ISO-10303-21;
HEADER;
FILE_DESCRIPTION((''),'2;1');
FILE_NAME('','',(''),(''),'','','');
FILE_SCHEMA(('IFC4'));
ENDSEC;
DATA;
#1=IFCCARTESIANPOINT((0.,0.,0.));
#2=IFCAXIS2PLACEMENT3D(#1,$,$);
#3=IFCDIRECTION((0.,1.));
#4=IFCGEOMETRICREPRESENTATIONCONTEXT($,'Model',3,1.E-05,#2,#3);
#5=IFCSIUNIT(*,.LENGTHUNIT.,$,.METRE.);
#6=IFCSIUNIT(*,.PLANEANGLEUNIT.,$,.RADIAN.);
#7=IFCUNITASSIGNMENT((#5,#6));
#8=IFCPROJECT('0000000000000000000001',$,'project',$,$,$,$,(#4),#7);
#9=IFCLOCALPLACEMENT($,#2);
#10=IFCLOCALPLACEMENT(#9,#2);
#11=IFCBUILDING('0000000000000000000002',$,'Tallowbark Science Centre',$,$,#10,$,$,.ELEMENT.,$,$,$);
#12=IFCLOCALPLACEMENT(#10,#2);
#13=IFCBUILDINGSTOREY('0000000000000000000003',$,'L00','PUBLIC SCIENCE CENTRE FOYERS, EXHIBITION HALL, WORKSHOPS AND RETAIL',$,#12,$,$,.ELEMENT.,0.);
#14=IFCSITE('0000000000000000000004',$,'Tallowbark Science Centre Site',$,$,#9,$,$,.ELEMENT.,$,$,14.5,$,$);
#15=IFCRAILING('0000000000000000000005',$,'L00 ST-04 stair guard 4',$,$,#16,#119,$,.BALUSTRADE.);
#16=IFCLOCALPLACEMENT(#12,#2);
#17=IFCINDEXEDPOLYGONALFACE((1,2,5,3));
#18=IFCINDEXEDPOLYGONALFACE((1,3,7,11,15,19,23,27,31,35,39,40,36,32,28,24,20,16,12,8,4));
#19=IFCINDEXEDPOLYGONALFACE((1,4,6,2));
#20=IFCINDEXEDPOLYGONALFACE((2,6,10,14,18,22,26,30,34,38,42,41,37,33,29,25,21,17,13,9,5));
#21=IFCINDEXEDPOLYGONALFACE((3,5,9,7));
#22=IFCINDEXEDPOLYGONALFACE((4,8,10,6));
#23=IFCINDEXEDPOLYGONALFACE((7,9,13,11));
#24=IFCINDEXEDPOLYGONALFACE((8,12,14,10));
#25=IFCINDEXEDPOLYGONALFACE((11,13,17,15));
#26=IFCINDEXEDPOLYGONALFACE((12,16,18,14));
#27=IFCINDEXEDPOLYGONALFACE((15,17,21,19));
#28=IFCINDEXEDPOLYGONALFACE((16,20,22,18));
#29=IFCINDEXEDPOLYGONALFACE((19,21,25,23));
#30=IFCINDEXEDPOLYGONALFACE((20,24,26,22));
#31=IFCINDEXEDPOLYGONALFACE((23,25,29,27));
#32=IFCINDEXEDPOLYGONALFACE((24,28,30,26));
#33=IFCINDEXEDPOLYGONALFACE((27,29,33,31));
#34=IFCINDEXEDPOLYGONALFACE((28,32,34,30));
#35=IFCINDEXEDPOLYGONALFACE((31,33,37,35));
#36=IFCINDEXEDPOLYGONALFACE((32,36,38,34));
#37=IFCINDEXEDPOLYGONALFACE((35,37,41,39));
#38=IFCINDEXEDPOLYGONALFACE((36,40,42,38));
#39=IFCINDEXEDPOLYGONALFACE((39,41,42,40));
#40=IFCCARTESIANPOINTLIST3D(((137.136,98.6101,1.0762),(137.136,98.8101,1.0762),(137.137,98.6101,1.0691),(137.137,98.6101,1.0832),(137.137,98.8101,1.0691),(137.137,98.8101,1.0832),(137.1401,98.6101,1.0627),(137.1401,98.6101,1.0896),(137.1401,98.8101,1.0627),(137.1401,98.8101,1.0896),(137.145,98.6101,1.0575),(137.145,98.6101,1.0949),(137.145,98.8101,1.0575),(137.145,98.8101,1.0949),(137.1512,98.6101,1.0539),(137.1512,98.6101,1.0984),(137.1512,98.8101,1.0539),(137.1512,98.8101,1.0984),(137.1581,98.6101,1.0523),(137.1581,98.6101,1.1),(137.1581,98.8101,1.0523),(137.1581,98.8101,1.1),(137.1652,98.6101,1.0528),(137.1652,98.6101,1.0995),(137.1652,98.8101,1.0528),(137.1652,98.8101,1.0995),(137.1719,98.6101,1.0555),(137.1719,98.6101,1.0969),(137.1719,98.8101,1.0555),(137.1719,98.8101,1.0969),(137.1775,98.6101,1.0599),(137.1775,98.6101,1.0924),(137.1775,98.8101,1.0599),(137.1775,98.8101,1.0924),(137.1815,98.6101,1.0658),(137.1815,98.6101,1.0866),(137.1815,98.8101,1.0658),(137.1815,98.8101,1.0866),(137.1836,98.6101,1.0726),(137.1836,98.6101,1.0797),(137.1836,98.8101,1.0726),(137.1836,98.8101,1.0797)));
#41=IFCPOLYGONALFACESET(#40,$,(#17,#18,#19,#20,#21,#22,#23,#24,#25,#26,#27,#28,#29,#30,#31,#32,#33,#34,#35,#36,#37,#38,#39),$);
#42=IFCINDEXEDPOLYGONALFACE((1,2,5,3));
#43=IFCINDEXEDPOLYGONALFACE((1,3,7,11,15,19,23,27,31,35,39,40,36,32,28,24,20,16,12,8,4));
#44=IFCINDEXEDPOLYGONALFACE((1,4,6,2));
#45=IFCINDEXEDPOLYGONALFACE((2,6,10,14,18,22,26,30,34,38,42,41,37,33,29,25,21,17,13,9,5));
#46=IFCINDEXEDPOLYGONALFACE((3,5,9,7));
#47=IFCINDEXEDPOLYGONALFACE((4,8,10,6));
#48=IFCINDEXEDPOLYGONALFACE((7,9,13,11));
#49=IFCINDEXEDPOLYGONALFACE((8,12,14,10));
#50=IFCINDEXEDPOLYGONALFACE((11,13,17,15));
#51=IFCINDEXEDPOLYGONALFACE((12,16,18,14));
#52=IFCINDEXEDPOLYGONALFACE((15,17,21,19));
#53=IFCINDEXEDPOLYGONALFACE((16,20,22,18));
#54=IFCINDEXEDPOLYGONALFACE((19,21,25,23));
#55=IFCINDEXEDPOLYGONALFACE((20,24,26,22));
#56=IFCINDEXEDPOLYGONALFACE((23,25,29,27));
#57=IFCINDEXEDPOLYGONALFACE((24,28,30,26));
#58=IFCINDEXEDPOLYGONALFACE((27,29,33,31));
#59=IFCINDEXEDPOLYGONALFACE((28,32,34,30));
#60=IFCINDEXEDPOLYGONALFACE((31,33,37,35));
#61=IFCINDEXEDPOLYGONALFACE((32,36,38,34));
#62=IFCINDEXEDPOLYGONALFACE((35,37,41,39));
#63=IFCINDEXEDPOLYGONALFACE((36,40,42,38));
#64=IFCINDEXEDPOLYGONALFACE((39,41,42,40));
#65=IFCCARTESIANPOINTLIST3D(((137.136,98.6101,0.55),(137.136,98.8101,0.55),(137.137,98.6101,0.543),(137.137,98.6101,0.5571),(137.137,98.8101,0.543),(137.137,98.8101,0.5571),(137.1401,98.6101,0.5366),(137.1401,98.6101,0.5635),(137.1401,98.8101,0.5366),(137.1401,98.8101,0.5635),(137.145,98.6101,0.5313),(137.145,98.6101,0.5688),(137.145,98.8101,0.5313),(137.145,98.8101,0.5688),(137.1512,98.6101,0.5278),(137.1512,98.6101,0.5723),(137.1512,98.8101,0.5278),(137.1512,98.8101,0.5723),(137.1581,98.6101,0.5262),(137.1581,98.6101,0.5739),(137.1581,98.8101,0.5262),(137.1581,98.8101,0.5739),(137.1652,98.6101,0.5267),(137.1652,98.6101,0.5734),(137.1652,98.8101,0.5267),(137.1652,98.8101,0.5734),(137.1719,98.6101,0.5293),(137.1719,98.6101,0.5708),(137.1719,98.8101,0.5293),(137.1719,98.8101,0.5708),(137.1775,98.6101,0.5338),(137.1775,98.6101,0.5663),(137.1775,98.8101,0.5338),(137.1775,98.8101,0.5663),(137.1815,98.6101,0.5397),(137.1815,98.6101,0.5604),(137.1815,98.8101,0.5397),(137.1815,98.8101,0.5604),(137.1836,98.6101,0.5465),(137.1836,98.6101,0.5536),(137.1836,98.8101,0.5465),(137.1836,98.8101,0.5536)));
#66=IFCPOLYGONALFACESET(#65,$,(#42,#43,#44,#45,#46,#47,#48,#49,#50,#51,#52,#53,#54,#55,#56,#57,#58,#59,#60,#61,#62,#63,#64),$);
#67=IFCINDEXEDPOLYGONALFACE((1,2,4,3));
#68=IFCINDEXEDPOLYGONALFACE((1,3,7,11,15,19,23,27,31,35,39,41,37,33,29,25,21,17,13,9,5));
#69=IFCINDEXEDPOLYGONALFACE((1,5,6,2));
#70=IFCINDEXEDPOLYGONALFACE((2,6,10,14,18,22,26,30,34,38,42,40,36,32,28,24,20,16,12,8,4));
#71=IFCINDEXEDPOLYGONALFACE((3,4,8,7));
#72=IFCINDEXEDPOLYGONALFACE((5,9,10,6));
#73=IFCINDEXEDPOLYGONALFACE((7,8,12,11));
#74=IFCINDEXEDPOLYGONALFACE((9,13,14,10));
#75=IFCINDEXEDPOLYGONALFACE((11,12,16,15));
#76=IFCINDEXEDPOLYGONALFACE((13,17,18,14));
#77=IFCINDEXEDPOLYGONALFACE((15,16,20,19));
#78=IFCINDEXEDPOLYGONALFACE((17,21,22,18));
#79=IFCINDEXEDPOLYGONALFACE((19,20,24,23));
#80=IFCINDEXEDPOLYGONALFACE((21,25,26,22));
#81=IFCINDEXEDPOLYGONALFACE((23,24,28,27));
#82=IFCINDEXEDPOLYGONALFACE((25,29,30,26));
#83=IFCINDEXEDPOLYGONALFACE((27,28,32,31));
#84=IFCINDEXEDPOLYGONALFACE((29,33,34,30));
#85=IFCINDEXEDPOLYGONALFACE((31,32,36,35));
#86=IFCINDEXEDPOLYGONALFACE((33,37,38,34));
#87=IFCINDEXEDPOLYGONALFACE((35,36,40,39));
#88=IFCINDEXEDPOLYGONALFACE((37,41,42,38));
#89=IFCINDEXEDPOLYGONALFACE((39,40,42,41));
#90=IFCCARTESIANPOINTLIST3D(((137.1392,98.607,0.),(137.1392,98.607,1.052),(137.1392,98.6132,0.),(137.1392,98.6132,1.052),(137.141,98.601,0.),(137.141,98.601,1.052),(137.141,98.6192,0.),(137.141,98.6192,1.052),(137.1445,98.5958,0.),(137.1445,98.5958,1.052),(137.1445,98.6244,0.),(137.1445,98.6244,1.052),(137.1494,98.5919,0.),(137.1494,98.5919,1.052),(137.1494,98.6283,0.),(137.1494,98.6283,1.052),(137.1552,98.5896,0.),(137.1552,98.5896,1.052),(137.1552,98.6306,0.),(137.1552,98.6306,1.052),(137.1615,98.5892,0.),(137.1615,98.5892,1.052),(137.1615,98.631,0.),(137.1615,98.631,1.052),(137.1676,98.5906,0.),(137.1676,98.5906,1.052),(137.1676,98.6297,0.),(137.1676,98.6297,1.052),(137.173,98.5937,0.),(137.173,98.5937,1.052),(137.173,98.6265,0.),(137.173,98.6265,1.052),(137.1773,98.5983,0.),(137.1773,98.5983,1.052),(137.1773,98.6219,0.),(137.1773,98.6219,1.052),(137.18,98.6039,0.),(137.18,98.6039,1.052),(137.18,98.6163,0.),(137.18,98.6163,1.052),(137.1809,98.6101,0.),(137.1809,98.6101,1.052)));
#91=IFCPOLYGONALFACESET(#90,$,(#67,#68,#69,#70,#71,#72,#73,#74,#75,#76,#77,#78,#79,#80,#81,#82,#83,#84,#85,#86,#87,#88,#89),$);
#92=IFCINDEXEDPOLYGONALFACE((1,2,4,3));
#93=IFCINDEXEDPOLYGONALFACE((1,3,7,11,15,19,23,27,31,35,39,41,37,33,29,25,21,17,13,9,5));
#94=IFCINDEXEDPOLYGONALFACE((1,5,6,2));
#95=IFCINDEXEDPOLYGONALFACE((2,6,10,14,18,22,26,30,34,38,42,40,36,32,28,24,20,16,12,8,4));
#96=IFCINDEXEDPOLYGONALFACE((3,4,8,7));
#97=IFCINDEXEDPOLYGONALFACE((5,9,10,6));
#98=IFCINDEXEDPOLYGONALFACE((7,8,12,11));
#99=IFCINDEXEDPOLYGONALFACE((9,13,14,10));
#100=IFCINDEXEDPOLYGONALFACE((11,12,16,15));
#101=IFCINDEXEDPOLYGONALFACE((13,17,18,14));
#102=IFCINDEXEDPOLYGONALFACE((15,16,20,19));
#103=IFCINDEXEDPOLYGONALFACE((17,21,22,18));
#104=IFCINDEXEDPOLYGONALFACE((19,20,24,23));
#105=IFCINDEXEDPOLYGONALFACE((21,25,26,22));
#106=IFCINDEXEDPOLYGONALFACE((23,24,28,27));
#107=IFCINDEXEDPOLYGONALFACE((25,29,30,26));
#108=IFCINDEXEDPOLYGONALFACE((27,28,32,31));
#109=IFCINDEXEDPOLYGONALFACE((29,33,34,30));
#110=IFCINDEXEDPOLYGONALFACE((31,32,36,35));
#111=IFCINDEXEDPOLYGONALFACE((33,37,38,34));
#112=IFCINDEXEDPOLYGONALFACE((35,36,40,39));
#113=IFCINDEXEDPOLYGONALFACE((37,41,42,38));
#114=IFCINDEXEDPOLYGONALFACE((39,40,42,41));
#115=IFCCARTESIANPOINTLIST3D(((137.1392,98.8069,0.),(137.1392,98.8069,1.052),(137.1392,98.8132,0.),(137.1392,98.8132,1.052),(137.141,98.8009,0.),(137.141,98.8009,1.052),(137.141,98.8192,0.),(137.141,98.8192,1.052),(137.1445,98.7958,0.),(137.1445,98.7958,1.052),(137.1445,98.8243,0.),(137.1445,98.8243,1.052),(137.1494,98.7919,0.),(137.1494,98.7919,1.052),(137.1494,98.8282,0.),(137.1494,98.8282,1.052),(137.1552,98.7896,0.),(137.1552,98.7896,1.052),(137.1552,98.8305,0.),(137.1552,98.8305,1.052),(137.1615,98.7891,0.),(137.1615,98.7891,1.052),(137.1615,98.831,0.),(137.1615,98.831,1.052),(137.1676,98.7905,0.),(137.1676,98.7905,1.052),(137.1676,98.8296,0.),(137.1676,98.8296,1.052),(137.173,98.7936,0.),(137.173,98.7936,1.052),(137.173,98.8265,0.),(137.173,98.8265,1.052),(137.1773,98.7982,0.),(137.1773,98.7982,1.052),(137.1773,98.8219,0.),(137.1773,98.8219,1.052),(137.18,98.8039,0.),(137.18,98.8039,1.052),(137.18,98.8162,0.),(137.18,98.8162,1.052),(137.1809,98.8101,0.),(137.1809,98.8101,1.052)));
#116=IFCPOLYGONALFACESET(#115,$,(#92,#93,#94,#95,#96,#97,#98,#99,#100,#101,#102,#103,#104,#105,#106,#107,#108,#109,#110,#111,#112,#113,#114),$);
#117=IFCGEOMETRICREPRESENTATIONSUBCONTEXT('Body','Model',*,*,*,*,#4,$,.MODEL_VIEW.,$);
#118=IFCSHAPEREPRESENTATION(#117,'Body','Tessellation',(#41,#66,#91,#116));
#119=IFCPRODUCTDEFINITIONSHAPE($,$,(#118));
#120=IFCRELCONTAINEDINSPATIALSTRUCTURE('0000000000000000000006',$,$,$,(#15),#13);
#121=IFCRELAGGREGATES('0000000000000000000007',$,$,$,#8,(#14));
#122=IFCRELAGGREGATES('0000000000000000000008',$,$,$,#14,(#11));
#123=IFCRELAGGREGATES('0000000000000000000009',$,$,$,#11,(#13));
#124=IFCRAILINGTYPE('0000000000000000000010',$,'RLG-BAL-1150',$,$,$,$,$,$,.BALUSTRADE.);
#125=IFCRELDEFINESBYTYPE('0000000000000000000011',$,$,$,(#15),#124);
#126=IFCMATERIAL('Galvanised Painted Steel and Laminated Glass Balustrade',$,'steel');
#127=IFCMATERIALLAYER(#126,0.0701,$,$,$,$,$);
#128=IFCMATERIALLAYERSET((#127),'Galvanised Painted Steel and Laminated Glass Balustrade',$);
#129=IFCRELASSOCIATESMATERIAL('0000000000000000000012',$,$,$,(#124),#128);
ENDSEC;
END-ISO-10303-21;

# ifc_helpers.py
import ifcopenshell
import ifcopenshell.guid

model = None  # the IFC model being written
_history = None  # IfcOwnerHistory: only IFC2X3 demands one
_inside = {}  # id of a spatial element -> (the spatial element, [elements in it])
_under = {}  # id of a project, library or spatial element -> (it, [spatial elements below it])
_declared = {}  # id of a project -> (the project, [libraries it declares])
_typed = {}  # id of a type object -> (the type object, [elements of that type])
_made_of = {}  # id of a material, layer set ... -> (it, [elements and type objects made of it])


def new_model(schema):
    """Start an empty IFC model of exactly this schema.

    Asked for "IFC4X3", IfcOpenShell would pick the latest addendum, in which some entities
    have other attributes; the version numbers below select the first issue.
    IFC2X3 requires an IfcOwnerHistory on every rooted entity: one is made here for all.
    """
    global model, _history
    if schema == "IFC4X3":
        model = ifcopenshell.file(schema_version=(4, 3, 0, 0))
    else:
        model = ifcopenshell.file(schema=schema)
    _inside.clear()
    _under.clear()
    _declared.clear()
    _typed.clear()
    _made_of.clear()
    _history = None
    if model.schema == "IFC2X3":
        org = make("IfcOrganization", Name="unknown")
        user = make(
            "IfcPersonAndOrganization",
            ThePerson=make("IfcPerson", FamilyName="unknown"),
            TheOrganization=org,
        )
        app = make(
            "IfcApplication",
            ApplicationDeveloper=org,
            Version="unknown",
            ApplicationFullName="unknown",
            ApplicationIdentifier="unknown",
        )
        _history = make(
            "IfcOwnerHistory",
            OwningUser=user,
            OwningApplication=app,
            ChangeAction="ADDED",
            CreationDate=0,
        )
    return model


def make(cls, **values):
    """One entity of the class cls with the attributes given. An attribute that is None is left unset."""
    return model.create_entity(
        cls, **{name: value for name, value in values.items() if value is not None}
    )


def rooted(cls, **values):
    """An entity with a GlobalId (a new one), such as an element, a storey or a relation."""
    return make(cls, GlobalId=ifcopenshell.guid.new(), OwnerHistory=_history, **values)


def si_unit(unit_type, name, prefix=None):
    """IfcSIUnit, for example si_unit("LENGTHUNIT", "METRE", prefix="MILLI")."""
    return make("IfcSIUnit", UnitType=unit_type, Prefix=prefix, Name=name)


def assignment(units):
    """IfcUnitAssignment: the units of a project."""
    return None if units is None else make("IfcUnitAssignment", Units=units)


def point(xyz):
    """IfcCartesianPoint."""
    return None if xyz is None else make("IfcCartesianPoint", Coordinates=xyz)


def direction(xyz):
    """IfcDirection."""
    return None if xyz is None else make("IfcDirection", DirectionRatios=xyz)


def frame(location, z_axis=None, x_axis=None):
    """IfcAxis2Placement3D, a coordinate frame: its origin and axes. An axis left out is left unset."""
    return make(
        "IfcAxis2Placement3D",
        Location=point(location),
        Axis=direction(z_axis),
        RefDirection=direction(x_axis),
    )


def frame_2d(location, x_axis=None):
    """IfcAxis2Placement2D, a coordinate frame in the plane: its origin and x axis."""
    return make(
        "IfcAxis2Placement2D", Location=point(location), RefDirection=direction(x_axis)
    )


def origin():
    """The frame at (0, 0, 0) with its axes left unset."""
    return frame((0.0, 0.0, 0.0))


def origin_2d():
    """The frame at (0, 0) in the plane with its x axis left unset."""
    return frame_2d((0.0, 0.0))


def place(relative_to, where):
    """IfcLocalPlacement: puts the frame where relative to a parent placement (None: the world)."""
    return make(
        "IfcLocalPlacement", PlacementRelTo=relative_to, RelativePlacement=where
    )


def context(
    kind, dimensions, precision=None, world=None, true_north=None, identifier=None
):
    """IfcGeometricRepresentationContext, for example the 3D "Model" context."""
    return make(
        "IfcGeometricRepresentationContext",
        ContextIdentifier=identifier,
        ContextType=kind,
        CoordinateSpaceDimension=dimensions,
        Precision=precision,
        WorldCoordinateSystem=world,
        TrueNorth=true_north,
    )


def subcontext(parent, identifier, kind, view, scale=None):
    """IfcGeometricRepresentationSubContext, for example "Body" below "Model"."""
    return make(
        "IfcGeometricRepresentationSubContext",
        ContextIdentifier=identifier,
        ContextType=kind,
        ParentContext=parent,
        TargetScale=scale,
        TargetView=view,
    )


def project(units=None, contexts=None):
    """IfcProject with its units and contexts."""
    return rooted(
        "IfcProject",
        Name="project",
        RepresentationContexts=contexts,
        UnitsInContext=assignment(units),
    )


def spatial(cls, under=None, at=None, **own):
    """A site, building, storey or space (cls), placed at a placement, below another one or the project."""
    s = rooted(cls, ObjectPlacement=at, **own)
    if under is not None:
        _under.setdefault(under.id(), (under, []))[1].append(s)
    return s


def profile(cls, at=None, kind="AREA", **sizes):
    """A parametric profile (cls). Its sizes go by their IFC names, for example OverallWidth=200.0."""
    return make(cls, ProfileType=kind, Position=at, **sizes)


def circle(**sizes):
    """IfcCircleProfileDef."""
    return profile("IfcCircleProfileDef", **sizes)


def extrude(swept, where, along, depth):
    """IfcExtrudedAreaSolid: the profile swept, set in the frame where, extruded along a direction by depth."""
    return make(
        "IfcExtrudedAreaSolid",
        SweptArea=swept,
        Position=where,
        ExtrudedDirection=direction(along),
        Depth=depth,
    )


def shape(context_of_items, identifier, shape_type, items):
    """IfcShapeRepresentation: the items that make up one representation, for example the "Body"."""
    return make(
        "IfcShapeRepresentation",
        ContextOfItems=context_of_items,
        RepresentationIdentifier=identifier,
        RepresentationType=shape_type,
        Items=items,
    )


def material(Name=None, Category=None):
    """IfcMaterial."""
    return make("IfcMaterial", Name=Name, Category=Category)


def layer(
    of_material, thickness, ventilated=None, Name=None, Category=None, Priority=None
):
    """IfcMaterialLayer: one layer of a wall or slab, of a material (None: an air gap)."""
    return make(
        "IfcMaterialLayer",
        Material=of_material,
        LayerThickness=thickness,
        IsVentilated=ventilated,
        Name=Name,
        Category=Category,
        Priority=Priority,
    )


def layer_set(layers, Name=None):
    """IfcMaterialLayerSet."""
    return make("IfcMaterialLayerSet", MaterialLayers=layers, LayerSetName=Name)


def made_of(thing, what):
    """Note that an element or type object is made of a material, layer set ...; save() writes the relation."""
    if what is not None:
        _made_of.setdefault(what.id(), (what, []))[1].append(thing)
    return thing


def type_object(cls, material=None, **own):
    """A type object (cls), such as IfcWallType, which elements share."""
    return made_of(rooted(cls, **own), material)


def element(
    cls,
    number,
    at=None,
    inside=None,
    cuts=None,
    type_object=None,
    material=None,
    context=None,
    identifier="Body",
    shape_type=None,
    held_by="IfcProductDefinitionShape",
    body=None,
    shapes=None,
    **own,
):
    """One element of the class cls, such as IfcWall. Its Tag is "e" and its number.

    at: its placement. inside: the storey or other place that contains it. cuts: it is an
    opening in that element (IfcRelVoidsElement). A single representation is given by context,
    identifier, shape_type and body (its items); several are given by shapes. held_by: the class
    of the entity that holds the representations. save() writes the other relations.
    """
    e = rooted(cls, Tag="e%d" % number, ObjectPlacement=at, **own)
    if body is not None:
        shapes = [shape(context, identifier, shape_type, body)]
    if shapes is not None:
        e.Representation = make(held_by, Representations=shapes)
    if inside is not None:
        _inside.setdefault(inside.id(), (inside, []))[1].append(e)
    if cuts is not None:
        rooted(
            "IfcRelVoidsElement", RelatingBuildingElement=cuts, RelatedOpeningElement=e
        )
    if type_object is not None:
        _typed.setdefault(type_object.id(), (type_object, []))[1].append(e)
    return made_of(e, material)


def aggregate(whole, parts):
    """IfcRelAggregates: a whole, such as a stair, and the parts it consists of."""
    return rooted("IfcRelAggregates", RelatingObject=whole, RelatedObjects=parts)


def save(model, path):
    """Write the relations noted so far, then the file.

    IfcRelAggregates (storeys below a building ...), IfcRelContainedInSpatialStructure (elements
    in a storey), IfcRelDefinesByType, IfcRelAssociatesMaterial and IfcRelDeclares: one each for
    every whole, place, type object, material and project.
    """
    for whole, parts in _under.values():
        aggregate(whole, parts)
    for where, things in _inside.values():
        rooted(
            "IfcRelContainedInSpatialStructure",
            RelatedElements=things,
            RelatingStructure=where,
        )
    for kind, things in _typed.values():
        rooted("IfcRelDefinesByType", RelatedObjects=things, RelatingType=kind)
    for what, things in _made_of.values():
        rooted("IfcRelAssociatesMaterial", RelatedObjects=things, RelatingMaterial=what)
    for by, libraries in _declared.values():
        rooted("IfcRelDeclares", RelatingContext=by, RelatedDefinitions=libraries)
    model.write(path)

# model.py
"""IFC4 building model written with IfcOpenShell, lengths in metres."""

from ifc_helpers import new_model, si_unit, direction, frame, origin, origin_2d, place, context, subcontext, project, spatial, circle, extrude, material, layer, layer_set, type_object, element, save


model = new_model("IFC4")

# Units and contexts
model_context = context("Model", 3, precision=1e-05, world=origin(), true_north=direction((0.0, 1.0)))
body_context = subcontext(model_context, "Body", "Model", "MODEL_VIEW")
ifc_project = project(units=[si_unit("LENGTHUNIT", "METRE"), si_unit("PLANEANGLEUNIT", "RADIAN")], contexts=[model_context])

# Site, building, storey
site_placement = place(None, origin())
site = spatial("IfcSite", under=ifc_project, at=site_placement, Name="Tallowbark Science Centre Site", CompositionType="ELEMENT", RefElevation=14.5)
building_placement = place(site_placement, origin())
building = spatial("IfcBuilding", under=site, at=building_placement, Name="Tallowbark Science Centre", CompositionType="ELEMENT")
storey_placement = place(building_placement, origin())
storey = spatial("IfcBuildingStorey", under=building, at=storey_placement, Name="L00", Description="PUBLIC SCIENCE CENTRE FOYERS, EXHIBITION HALL, WORKSHOPS AND RETAIL", CompositionType="ELEMENT", Elevation=0.0)

# Railing
ifc_material_1 = material(Name="Galvanised Painted Steel and Laminated Glass Balustrade", Category="steel")
ifc_layer_1 = layer(ifc_material_1, 0.0701)
ifc_layer_set_1 = layer_set([ifc_layer_1], Name="Galvanised Painted Steel and Laminated Glass Balustrade")
railing_type_1 = type_object("IfcRailingType", Name="RLG-BAL-1150", PredefinedType="BALUSTRADE", material=ifc_layer_set_1)
railing_1_placement = place(storey_placement, frame((137.1599, 98.6101, 0.0)))
element("IfcRailing", 1, at=railing_1_placement, inside=storey, type_object=railing_type_1, Name="L00 ST-04 stair guard 4", PredefinedType="BALUSTRADE", context=body_context, shape_type="SweptSolid", body=[
    extrude(circle(Radius=0.0239, at=origin_2d()), frame((0.0, 0.0, 1.0762), z_axis=(0.0, 1.0, 0.0), x_axis=(-1.0, 0.0, 0.0)), (0.0, 0.0, 1.0), 0.2),
    extrude(circle(Radius=0.0239, at=origin_2d()), frame((0.0, 0.0, 0.55), z_axis=(0.0, 1.0, 0.0), x_axis=(-1.0, 0.0, 0.0)), (0.0, 0.0, 1.0), 0.2),
    extrude(circle(Radius=0.021, at=origin_2d()), origin(), (0.0, 0.0, 1.0), 1.052),
    extrude(circle(Radius=0.021, at=origin_2d()), frame((0.0, 0.2, 0.0)), (0.0, 0.0, 1.0), 1.052),
])

save(model, "model.ifc")
